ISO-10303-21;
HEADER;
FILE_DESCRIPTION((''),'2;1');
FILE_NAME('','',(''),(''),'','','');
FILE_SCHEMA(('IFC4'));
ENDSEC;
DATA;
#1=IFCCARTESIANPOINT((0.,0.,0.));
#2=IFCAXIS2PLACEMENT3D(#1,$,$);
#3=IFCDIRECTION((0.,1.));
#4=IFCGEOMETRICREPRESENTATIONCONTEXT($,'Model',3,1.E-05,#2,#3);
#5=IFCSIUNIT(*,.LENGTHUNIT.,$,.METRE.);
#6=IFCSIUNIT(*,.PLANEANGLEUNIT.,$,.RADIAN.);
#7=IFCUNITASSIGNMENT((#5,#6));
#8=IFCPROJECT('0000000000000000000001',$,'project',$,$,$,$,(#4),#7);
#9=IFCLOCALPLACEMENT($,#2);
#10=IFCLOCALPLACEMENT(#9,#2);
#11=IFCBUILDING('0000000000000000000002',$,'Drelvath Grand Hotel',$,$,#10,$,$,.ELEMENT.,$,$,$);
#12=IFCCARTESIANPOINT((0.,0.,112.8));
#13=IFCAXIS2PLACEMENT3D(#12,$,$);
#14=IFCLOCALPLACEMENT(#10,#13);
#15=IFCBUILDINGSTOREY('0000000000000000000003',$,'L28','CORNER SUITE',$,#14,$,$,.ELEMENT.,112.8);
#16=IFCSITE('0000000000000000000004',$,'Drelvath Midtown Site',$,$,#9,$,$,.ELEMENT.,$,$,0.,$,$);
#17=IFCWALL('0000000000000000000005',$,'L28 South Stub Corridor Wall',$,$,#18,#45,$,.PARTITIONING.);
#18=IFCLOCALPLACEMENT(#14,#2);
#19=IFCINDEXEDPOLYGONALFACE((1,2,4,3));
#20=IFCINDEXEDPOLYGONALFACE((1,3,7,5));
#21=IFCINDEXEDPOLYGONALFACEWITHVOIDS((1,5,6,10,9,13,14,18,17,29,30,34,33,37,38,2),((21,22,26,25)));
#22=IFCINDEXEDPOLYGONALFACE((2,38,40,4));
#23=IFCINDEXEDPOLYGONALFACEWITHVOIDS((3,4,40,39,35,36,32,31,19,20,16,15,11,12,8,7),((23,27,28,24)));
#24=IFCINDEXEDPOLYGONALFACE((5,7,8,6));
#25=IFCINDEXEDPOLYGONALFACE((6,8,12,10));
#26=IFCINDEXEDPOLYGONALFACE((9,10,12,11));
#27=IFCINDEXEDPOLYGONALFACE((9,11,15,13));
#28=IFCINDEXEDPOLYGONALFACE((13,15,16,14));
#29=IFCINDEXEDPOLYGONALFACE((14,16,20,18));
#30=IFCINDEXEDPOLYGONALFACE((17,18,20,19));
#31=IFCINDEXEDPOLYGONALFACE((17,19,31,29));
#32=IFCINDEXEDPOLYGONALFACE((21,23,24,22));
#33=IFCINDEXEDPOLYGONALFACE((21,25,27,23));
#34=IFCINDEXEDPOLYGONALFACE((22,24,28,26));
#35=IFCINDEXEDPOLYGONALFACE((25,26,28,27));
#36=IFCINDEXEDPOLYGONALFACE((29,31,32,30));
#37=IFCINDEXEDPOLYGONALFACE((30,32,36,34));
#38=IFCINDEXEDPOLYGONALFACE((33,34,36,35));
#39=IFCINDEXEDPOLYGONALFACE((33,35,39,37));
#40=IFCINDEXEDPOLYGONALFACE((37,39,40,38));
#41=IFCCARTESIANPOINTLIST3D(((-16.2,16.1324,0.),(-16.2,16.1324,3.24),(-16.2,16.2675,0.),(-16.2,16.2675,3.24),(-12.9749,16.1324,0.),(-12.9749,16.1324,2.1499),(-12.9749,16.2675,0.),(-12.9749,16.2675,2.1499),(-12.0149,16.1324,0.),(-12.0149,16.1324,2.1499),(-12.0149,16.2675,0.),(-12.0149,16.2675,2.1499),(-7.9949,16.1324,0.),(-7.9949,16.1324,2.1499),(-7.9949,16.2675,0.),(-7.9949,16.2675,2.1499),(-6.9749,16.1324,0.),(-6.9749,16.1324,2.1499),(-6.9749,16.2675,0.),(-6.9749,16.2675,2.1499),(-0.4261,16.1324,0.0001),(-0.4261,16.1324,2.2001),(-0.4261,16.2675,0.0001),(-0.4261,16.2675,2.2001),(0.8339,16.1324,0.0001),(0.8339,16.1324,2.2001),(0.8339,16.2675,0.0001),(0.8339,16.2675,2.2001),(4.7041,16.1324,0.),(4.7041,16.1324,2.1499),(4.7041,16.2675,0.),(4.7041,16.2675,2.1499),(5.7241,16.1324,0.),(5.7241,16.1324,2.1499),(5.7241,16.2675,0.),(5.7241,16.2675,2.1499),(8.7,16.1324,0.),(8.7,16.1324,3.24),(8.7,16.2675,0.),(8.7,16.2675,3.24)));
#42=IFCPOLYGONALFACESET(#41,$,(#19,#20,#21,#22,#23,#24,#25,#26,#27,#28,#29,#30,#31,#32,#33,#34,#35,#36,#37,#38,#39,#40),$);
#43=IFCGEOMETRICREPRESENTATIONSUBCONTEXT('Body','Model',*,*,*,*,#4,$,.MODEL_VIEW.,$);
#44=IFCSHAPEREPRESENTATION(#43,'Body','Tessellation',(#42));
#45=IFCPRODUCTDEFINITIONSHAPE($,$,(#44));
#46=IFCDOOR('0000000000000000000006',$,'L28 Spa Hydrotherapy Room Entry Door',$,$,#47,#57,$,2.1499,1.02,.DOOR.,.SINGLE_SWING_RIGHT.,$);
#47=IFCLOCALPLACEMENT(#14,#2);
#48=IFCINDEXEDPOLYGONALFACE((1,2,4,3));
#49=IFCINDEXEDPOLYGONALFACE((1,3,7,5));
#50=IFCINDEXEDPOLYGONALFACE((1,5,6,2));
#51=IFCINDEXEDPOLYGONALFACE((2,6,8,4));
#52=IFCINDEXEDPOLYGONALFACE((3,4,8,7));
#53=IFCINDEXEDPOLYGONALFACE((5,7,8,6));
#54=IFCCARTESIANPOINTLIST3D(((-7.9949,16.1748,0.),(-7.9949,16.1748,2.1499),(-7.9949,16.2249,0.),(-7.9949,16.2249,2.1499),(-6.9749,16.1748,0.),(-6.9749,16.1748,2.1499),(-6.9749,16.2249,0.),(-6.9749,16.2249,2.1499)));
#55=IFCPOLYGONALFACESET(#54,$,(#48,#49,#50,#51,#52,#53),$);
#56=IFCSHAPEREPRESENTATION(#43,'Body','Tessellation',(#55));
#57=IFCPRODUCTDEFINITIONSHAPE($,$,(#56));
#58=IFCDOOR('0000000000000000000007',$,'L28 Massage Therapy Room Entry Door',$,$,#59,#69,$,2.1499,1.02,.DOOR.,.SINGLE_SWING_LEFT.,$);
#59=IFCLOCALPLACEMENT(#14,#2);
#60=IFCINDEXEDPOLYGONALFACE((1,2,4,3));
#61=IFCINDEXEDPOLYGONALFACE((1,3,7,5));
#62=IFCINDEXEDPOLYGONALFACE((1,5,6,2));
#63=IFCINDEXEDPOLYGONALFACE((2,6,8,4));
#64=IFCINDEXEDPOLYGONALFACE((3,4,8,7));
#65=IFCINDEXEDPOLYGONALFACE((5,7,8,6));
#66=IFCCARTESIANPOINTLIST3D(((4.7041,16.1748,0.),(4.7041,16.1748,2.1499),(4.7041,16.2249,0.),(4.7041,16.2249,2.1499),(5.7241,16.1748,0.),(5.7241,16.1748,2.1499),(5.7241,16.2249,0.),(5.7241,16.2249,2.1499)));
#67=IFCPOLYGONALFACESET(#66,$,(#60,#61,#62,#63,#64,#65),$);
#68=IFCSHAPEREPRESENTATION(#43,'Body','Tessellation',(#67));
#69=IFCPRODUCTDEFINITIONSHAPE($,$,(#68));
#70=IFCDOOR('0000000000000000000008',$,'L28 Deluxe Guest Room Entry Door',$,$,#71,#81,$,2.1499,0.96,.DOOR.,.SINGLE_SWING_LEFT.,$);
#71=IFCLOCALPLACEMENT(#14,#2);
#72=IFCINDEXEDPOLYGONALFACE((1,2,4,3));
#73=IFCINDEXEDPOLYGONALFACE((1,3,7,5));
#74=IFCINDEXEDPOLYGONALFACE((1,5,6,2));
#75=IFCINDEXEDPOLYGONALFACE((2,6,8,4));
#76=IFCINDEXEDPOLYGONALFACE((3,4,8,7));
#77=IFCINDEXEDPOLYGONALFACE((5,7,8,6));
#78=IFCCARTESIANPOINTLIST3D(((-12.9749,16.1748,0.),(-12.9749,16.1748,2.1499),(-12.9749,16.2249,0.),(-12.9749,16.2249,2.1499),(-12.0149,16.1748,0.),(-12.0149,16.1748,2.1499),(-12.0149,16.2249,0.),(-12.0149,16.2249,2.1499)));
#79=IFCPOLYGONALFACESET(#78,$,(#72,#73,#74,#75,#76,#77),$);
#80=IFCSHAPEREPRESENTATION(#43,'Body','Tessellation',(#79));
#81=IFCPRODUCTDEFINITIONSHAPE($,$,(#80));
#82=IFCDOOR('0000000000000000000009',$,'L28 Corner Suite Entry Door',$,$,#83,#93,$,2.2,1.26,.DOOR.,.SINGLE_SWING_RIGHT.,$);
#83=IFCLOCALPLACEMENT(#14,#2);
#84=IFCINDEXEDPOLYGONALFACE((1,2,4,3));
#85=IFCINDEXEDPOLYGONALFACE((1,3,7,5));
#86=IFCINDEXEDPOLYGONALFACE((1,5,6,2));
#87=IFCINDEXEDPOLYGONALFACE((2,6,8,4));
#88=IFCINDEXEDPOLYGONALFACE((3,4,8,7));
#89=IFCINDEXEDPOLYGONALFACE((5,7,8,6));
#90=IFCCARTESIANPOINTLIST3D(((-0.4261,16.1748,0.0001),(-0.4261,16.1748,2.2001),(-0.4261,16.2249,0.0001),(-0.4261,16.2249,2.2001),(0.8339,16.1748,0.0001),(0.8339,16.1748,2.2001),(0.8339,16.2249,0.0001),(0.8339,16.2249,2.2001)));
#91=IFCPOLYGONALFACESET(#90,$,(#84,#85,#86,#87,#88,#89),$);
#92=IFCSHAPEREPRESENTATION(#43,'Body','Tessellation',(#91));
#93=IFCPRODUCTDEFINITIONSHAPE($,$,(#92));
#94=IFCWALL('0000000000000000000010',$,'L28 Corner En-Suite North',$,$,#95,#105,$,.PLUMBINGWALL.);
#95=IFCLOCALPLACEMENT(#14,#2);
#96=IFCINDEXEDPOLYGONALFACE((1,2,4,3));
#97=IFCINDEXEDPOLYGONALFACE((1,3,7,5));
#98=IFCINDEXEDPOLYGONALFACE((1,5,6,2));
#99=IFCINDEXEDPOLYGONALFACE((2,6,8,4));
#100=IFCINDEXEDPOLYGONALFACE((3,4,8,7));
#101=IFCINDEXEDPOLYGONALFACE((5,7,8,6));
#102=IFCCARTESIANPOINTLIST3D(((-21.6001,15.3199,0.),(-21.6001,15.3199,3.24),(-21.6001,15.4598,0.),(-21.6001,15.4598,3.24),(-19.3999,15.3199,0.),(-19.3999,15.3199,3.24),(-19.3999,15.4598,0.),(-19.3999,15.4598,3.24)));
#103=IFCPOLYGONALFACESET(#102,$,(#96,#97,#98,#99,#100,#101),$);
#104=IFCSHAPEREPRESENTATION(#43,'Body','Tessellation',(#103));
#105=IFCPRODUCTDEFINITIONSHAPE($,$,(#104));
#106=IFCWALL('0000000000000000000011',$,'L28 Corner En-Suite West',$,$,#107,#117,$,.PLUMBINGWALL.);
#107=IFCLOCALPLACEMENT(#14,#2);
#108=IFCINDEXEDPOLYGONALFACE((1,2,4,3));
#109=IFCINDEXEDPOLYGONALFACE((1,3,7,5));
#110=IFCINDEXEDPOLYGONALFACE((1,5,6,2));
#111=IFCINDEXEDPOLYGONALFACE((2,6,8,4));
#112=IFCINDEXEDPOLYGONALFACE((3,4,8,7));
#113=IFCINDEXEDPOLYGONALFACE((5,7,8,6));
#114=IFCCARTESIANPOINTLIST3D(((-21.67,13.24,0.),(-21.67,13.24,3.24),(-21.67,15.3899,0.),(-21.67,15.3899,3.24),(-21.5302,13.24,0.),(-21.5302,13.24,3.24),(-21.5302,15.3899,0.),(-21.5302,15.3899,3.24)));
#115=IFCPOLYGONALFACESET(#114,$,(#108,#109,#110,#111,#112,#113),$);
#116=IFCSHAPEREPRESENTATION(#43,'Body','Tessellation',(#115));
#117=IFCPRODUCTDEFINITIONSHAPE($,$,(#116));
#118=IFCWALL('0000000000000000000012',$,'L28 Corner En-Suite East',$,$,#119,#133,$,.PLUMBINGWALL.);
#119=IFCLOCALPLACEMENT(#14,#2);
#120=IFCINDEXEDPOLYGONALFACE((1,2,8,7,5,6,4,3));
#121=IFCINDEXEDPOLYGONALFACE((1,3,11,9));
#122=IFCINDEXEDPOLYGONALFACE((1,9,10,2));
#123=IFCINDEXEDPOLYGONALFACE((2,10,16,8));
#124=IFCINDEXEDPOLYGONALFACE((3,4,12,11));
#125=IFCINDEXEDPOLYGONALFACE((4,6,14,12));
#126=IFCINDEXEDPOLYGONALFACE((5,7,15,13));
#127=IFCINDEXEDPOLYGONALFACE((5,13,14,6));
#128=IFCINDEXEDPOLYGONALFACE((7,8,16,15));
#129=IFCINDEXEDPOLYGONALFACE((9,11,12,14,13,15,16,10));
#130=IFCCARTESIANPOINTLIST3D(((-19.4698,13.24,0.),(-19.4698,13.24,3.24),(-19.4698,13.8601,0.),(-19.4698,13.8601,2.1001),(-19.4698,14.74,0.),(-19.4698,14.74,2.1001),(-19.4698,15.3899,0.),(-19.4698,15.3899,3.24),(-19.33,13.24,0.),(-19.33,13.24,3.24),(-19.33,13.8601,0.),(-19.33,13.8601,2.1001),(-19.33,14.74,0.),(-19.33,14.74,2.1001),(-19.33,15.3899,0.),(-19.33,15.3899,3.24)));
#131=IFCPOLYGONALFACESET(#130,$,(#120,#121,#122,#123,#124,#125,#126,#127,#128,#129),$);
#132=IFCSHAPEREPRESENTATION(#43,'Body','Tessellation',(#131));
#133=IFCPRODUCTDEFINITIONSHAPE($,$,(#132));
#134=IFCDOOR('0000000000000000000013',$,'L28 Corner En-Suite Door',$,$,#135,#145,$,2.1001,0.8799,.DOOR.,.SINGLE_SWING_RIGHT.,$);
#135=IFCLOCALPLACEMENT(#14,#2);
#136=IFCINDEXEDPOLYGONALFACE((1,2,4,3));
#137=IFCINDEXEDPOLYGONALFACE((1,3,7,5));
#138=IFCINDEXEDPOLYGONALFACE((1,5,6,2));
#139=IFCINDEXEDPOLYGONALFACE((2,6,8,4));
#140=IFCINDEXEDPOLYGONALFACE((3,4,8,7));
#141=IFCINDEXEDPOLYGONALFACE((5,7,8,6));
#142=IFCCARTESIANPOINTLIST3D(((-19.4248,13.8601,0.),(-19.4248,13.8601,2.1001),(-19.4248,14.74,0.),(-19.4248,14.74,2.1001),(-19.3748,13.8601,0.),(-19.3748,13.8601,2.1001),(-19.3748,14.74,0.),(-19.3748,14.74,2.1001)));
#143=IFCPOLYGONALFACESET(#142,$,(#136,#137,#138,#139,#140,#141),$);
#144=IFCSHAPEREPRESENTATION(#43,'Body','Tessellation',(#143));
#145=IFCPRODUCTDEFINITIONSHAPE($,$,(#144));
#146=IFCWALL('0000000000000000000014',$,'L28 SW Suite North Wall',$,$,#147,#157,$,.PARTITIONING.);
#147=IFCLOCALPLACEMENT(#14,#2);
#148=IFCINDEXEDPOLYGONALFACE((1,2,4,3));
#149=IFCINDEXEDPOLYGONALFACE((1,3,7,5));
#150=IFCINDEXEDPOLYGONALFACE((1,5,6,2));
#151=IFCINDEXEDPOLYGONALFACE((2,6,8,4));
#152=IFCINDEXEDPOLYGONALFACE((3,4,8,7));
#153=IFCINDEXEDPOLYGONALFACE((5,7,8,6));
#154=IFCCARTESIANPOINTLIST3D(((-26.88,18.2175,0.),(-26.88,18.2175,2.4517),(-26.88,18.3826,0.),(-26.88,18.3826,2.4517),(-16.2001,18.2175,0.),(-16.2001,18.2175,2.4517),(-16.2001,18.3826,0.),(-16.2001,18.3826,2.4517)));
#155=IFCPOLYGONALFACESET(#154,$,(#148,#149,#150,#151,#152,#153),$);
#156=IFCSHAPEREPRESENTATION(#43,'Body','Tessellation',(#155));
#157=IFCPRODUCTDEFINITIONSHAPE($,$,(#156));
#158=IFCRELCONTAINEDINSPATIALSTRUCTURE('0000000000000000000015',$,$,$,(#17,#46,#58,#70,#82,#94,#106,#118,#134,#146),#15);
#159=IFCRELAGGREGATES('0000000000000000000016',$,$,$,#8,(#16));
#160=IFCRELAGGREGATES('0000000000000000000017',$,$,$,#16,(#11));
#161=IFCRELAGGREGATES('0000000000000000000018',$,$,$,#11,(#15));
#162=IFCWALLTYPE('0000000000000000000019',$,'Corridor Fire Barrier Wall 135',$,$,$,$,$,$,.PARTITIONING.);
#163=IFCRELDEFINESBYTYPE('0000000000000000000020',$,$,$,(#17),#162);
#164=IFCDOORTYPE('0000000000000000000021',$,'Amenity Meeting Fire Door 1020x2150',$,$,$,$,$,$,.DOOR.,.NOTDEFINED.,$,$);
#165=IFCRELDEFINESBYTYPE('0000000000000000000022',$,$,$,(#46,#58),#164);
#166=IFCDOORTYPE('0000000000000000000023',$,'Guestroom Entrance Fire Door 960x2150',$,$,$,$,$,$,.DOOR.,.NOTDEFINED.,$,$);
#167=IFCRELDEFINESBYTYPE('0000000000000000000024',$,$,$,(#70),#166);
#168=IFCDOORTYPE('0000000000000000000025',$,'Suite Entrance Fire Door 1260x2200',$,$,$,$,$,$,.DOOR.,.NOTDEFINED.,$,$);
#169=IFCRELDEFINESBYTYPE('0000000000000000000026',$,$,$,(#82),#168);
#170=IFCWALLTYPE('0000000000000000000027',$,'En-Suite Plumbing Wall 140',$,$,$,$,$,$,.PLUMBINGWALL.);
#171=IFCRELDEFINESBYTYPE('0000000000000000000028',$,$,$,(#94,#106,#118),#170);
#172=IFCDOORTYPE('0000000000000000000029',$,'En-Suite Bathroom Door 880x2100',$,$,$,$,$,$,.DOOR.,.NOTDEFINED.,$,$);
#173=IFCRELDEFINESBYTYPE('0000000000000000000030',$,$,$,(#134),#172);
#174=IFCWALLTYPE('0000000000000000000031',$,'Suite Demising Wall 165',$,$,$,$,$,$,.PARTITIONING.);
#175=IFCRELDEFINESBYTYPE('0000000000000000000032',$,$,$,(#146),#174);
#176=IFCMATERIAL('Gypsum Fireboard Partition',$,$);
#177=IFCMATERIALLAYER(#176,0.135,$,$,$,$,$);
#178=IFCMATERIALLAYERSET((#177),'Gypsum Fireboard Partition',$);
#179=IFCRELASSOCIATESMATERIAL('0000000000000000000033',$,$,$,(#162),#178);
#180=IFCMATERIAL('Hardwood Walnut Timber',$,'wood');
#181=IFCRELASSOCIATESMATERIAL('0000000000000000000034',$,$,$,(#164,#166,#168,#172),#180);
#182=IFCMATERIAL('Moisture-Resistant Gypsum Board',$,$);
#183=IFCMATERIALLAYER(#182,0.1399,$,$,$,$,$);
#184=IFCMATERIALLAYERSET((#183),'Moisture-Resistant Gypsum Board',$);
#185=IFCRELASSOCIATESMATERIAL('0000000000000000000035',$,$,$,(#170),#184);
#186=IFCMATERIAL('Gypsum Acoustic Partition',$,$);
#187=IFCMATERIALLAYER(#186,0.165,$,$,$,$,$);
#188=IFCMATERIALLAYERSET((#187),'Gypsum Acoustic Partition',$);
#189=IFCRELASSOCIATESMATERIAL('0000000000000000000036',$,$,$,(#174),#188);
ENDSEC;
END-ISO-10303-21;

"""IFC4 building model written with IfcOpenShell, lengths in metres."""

from ifc_helpers import new_model, si_unit, direction, frame, frame_2d, origin, place, context, subcontext, project, spatial, rectangle, extrude, material, layer, layer_set, type_object, element, fill, save


model = new_model("IFC4")

# Units and contexts
model_context = context("Model", 3, precision=1e-05, world=origin(), true_north=direction((0.0, 1.0)))
body_context = subcontext(model_context, "Body", "Model", "MODEL_VIEW")
ifc_project = project(units=[si_unit("LENGTHUNIT", "METRE"), si_unit("PLANEANGLEUNIT", "RADIAN")], contexts=[model_context])

# Site, building, storey
site_placement = place(None, origin())
site = spatial("IfcSite", under=ifc_project, at=site_placement, Name="Drelvath Midtown Site", CompositionType="ELEMENT", RefElevation=0.0)
building_placement = place(site_placement, origin())
building = spatial("IfcBuilding", under=site, at=building_placement, Name="Drelvath Grand Hotel", CompositionType="ELEMENT")
storey_placement = place(building_placement, frame((0.0, 0.0, 112.8)))
storey = spatial("IfcBuildingStorey", under=building, at=storey_placement, Name="L28", Description="CORNER SUITE", CompositionType="ELEMENT", Elevation=112.8)

# Wall, openings, doors
ifc_material_1 = material(Name="Gypsum Fireboard Partition")
ifc_layer_1 = layer(ifc_material_1, 0.135)
ifc_layer_set_1 = layer_set([ifc_layer_1], Name="Gypsum Fireboard Partition")
wall_type_1 = type_object("IfcWallType", Name="Corridor Fire Barrier Wall 135", PredefinedType="PARTITIONING", material=ifc_layer_set_1)
wall_1_placement = place(storey_placement, frame((-16.2, 16.2, 0.0), z_axis=(0.0, 0.0, 1.0), x_axis=(1.0, 0.0, 0.0)))
wall_1 = element("IfcWall", 1, at=wall_1_placement, inside=storey, type_object=wall_type_1, Name="L28 South Stub Corridor Wall", PredefinedType="PARTITIONING", context=body_context, shape_type="SweptSolid", body=[
    extrude(rectangle(XDim=24.8999, YDim=0.135, at=frame_2d((12.45, 0.0))), origin(), (0.0, 0.0, 1.0), 3.24),
])
opening_1_placement = place(wall_1_placement, frame((3.2251, 0.0, 0.0)))
opening_1 = element("IfcOpeningElement", 2, at=opening_1_placement, cuts=wall_1, PredefinedType="OPENING", context=body_context, shape_type="SweptSolid", body=[
    extrude(rectangle(XDim=0.96, YDim=2.1499, at=frame_2d((0.48, 1.075))), frame((0.0, 0.0774, 0.0), z_axis=(0.0, -1.0, 0.0), x_axis=(1.0, 0.0, 0.0)), (0.0, 0.0, 1.0), 0.155),
])
opening_2_placement = place(wall_1_placement, frame((8.2051, 0.0, 0.0)))
opening_2 = element("IfcOpeningElement", 3, at=opening_2_placement, cuts=wall_1, PredefinedType="OPENING", context=body_context, shape_type="SweptSolid", body=[
    extrude(rectangle(XDim=1.02, YDim=2.1499, at=frame_2d((0.51, 1.075))), frame((0.0, 0.0774, 0.0), z_axis=(0.0, -1.0, 0.0), x_axis=(1.0, 0.0, 0.0)), (0.0, 0.0, 1.0), 0.155),
])
opening_3_placement = place(wall_1_placement, frame((15.7739, 0.0, 0.0)))
opening_3 = element("IfcOpeningElement", 4, at=opening_3_placement, cuts=wall_1, PredefinedType="OPENING", context=body_context, shape_type="SweptSolid", body=[
    extrude(rectangle(XDim=1.26, YDim=2.2, at=frame_2d((0.6299, 1.1001))), frame((0.0, 0.0774, 0.0), z_axis=(0.0, -1.0, 0.0), x_axis=(1.0, 0.0, 0.0)), (0.0, 0.0, 1.0), 0.155),
])
opening_4_placement = place(wall_1_placement, frame((20.9041, 0.0, 0.0)))
opening_4 = element("IfcOpeningElement", 5, at=opening_4_placement, cuts=wall_1, PredefinedType="OPENING", context=body_context, shape_type="SweptSolid", body=[
    extrude(rectangle(XDim=1.02, YDim=2.1499, at=frame_2d((0.51, 1.075))), frame((0.0, 0.0774, 0.0), z_axis=(0.0, -1.0, 0.0), x_axis=(1.0, 0.0, 0.0)), (0.0, 0.0, 1.0), 0.155),
])
ifc_material_2 = material(Name="Hardwood Walnut Timber", Category="wood")
door_type_1 = type_object("IfcDoorType", Name="Amenity Meeting Fire Door 1020x2150", OperationType="NOTDEFINED", PredefinedType="DOOR", material=ifc_material_2)
door_1_placement = place(opening_2_placement, origin())
door_1 = element("IfcDoor", 6, at=door_1_placement, inside=storey, type_object=door_type_1, Name="L28 Spa Hydrotherapy Room Entry Door", OperationType="SINGLE_SWING_RIGHT", OverallHeight=2.1499, OverallWidth=1.02, PredefinedType="DOOR", context=body_context, shape_type="SweptSolid", body=[
    extrude(rectangle(XDim=1.02, YDim=2.1499, at=frame_2d((0.51, 1.075))), frame((0.0, 0.0249, 0.0), z_axis=(0.0, -1.0, 0.0), x_axis=(1.0, 0.0, 0.0)), (0.0, 0.0, 1.0), 0.05),
])
fill(opening_2, door_1)
door_2_placement = place(opening_4_placement, origin())
door_2 = element("IfcDoor", 7, at=door_2_placement, inside=storey, type_object=door_type_1, Name="L28 Massage Therapy Room Entry Door", OperationType="SINGLE_SWING_LEFT", OverallHeight=2.1499, OverallWidth=1.02, PredefinedType="DOOR", context=body_context, shape_type="SweptSolid", body=[
    extrude(rectangle(XDim=1.02, YDim=2.1499, at=frame_2d((0.51, 1.075))), frame((0.0, 0.0249, 0.0), z_axis=(0.0, -1.0, 0.0), x_axis=(1.0, 0.0, 0.0)), (0.0, 0.0, 1.0), 0.05),
])
fill(opening_4, door_2)
door_type_2 = type_object("IfcDoorType", Name="Guestroom Entrance Fire Door 960x2150", OperationType="NOTDEFINED", PredefinedType="DOOR", material=ifc_material_2)
door_3_placement = place(opening_1_placement, origin())
door_3 = element("IfcDoor", 8, at=door_3_placement, inside=storey, type_object=door_type_2, Name="L28 Deluxe Guest Room Entry Door", OperationType="SINGLE_SWING_LEFT", OverallHeight=2.1499, OverallWidth=0.96, PredefinedType="DOOR", context=body_context, shape_type="SweptSolid", body=[
    extrude(rectangle(XDim=0.96, YDim=2.1499, at=frame_2d((0.48, 1.075))), frame((0.0, 0.0249, 0.0), z_axis=(0.0, -1.0, 0.0), x_axis=(1.0, 0.0, 0.0)), (0.0, 0.0, 1.0), 0.05),
])
fill(opening_1, door_3)
door_type_3 = type_object("IfcDoorType", Name="Suite Entrance Fire Door 1260x2200", OperationType="NOTDEFINED", PredefinedType="DOOR", material=ifc_material_2)
door_4_placement = place(opening_3_placement, origin())
door_4 = element("IfcDoor", 9, at=door_4_placement, inside=storey, type_object=door_type_3, Name="L28 Corner Suite Entry Door", OperationType="SINGLE_SWING_RIGHT", OverallHeight=2.2, OverallWidth=1.26, PredefinedType="DOOR", context=body_context, shape_type="SweptSolid", body=[
    extrude(rectangle(XDim=1.26, YDim=2.2, at=frame_2d((0.6299, 1.1001))), frame((0.0, 0.0249, 0.0), z_axis=(0.0, -1.0, 0.0), x_axis=(1.0, 0.0, 0.0)), (0.0, 0.0, 1.0), 0.05),
])
fill(opening_3, door_4)

# Walls
ifc_material_3 = material(Name="Moisture-Resistant Gypsum Board")
ifc_layer_2 = layer(ifc_material_3, 0.1399)
ifc_layer_set_2 = layer_set([ifc_layer_2], Name="Moisture-Resistant Gypsum Board")
wall_type_2 = type_object("IfcWallType", Name="En-Suite Plumbing Wall 140", PredefinedType="PLUMBINGWALL", material=ifc_layer_set_2)
wall_2_placement = place(storey_placement, frame((-21.6001, 15.3899, 0.0), z_axis=(0.0, 0.0, 1.0), x_axis=(1.0, 0.0, 0.0)))
element("IfcWall", 10, at=wall_2_placement, inside=storey, type_object=wall_type_2, Name="L28 Corner En-Suite North", PredefinedType="PLUMBINGWALL", context=body_context, shape_type="SweptSolid", body=[
    extrude(rectangle(XDim=2.2002, YDim=0.1399, at=frame_2d((1.1001, 0.0))), origin(), (0.0, 0.0, 1.0), 3.24),
])
wall_3_placement = place(storey_placement, frame((-21.6001, 13.24, 0.0), z_axis=(0.0, 0.0, 1.0), x_axis=(0.0, 1.0, 0.0)))
element("IfcWall", 11, at=wall_3_placement, inside=storey, type_object=wall_type_2, Name="L28 Corner En-Suite West", PredefinedType="PLUMBINGWALL", context=body_context, shape_type="SweptSolid", body=[
    extrude(rectangle(XDim=2.1499, YDim=0.1399, at=frame_2d((1.075, 0.0))), origin(), (0.0, 0.0, 1.0), 3.24),
])

# Wall, opening, door
wall_4_placement = place(storey_placement, frame((-19.3999, 13.24, 0.0), z_axis=(0.0, 0.0, 1.0), x_axis=(0.0, 1.0, 0.0)))
wall_4 = element("IfcWall", 12, at=wall_4_placement, inside=storey, type_object=wall_type_2, Name="L28 Corner En-Suite East", PredefinedType="PLUMBINGWALL", context=body_context, shape_type="SweptSolid", body=[
    extrude(rectangle(XDim=2.1499, YDim=0.1399, at=frame_2d((1.075, 0.0))), origin(), (0.0, 0.0, 1.0), 3.24),
])
opening_5_placement = place(wall_4_placement, frame((0.6201, 0.0, 0.0)))
opening_5 = element("IfcOpeningElement", 13, at=opening_5_placement, cuts=wall_4, PredefinedType="OPENING", context=body_context, shape_type="SweptSolid", body=[
    extrude(rectangle(XDim=0.8799, YDim=2.1001, at=frame_2d((0.4399, 1.05))), frame((0.0, 0.0798, 0.0), z_axis=(0.0, -1.0, 0.0), x_axis=(1.0, 0.0, 0.0)), (0.0, 0.0, 1.0), 0.1599),
])
door_type_4 = type_object("IfcDoorType", Name="En-Suite Bathroom Door 880x2100", OperationType="NOTDEFINED", PredefinedType="DOOR", material=ifc_material_2)
door_5_placement = place(opening_5_placement, origin())
door_5 = element("IfcDoor", 14, at=door_5_placement, inside=storey, type_object=door_type_4, Name="L28 Corner En-Suite Door", OperationType="SINGLE_SWING_RIGHT", OverallHeight=2.1001, OverallWidth=0.8799, PredefinedType="DOOR", context=body_context, shape_type="SweptSolid", body=[
    extrude(rectangle(XDim=0.8799, YDim=2.1001, at=frame_2d((0.4399, 1.05))), frame((0.0, 0.0249, 0.0), z_axis=(0.0, -1.0, 0.0), x_axis=(1.0, 0.0, 0.0)), (0.0, 0.0, 1.0), 0.05),
])
fill(opening_5, door_5)

# Wall
ifc_material_4 = material(Name="Gypsum Acoustic Partition")
ifc_layer_3 = layer(ifc_material_4, 0.165)
ifc_layer_set_3 = layer_set([ifc_layer_3], Name="Gypsum Acoustic Partition")
wall_type_3 = type_object("IfcWallType", Name="Suite Demising Wall 165", PredefinedType="PARTITIONING", material=ifc_layer_set_3)
wall_5_placement = place(storey_placement, frame((-26.8799, 18.3, 0.0), z_axis=(0.0, 0.0, 1.0), x_axis=(1.0, 0.0, 0.0)))
element("IfcWall", 15, at=wall_5_placement, inside=storey, type_object=wall_type_3, Name="L28 SW Suite North Wall", PredefinedType="PARTITIONING", context=body_context, shape_type="SweptSolid", body=[
    extrude(rectangle(XDim=10.6799, YDim=0.165, at=frame_2d((5.3398, 0.0))), origin(), (0.0, 0.0, 1.0), 2.4517),
])

save(model, "model.ifc")
